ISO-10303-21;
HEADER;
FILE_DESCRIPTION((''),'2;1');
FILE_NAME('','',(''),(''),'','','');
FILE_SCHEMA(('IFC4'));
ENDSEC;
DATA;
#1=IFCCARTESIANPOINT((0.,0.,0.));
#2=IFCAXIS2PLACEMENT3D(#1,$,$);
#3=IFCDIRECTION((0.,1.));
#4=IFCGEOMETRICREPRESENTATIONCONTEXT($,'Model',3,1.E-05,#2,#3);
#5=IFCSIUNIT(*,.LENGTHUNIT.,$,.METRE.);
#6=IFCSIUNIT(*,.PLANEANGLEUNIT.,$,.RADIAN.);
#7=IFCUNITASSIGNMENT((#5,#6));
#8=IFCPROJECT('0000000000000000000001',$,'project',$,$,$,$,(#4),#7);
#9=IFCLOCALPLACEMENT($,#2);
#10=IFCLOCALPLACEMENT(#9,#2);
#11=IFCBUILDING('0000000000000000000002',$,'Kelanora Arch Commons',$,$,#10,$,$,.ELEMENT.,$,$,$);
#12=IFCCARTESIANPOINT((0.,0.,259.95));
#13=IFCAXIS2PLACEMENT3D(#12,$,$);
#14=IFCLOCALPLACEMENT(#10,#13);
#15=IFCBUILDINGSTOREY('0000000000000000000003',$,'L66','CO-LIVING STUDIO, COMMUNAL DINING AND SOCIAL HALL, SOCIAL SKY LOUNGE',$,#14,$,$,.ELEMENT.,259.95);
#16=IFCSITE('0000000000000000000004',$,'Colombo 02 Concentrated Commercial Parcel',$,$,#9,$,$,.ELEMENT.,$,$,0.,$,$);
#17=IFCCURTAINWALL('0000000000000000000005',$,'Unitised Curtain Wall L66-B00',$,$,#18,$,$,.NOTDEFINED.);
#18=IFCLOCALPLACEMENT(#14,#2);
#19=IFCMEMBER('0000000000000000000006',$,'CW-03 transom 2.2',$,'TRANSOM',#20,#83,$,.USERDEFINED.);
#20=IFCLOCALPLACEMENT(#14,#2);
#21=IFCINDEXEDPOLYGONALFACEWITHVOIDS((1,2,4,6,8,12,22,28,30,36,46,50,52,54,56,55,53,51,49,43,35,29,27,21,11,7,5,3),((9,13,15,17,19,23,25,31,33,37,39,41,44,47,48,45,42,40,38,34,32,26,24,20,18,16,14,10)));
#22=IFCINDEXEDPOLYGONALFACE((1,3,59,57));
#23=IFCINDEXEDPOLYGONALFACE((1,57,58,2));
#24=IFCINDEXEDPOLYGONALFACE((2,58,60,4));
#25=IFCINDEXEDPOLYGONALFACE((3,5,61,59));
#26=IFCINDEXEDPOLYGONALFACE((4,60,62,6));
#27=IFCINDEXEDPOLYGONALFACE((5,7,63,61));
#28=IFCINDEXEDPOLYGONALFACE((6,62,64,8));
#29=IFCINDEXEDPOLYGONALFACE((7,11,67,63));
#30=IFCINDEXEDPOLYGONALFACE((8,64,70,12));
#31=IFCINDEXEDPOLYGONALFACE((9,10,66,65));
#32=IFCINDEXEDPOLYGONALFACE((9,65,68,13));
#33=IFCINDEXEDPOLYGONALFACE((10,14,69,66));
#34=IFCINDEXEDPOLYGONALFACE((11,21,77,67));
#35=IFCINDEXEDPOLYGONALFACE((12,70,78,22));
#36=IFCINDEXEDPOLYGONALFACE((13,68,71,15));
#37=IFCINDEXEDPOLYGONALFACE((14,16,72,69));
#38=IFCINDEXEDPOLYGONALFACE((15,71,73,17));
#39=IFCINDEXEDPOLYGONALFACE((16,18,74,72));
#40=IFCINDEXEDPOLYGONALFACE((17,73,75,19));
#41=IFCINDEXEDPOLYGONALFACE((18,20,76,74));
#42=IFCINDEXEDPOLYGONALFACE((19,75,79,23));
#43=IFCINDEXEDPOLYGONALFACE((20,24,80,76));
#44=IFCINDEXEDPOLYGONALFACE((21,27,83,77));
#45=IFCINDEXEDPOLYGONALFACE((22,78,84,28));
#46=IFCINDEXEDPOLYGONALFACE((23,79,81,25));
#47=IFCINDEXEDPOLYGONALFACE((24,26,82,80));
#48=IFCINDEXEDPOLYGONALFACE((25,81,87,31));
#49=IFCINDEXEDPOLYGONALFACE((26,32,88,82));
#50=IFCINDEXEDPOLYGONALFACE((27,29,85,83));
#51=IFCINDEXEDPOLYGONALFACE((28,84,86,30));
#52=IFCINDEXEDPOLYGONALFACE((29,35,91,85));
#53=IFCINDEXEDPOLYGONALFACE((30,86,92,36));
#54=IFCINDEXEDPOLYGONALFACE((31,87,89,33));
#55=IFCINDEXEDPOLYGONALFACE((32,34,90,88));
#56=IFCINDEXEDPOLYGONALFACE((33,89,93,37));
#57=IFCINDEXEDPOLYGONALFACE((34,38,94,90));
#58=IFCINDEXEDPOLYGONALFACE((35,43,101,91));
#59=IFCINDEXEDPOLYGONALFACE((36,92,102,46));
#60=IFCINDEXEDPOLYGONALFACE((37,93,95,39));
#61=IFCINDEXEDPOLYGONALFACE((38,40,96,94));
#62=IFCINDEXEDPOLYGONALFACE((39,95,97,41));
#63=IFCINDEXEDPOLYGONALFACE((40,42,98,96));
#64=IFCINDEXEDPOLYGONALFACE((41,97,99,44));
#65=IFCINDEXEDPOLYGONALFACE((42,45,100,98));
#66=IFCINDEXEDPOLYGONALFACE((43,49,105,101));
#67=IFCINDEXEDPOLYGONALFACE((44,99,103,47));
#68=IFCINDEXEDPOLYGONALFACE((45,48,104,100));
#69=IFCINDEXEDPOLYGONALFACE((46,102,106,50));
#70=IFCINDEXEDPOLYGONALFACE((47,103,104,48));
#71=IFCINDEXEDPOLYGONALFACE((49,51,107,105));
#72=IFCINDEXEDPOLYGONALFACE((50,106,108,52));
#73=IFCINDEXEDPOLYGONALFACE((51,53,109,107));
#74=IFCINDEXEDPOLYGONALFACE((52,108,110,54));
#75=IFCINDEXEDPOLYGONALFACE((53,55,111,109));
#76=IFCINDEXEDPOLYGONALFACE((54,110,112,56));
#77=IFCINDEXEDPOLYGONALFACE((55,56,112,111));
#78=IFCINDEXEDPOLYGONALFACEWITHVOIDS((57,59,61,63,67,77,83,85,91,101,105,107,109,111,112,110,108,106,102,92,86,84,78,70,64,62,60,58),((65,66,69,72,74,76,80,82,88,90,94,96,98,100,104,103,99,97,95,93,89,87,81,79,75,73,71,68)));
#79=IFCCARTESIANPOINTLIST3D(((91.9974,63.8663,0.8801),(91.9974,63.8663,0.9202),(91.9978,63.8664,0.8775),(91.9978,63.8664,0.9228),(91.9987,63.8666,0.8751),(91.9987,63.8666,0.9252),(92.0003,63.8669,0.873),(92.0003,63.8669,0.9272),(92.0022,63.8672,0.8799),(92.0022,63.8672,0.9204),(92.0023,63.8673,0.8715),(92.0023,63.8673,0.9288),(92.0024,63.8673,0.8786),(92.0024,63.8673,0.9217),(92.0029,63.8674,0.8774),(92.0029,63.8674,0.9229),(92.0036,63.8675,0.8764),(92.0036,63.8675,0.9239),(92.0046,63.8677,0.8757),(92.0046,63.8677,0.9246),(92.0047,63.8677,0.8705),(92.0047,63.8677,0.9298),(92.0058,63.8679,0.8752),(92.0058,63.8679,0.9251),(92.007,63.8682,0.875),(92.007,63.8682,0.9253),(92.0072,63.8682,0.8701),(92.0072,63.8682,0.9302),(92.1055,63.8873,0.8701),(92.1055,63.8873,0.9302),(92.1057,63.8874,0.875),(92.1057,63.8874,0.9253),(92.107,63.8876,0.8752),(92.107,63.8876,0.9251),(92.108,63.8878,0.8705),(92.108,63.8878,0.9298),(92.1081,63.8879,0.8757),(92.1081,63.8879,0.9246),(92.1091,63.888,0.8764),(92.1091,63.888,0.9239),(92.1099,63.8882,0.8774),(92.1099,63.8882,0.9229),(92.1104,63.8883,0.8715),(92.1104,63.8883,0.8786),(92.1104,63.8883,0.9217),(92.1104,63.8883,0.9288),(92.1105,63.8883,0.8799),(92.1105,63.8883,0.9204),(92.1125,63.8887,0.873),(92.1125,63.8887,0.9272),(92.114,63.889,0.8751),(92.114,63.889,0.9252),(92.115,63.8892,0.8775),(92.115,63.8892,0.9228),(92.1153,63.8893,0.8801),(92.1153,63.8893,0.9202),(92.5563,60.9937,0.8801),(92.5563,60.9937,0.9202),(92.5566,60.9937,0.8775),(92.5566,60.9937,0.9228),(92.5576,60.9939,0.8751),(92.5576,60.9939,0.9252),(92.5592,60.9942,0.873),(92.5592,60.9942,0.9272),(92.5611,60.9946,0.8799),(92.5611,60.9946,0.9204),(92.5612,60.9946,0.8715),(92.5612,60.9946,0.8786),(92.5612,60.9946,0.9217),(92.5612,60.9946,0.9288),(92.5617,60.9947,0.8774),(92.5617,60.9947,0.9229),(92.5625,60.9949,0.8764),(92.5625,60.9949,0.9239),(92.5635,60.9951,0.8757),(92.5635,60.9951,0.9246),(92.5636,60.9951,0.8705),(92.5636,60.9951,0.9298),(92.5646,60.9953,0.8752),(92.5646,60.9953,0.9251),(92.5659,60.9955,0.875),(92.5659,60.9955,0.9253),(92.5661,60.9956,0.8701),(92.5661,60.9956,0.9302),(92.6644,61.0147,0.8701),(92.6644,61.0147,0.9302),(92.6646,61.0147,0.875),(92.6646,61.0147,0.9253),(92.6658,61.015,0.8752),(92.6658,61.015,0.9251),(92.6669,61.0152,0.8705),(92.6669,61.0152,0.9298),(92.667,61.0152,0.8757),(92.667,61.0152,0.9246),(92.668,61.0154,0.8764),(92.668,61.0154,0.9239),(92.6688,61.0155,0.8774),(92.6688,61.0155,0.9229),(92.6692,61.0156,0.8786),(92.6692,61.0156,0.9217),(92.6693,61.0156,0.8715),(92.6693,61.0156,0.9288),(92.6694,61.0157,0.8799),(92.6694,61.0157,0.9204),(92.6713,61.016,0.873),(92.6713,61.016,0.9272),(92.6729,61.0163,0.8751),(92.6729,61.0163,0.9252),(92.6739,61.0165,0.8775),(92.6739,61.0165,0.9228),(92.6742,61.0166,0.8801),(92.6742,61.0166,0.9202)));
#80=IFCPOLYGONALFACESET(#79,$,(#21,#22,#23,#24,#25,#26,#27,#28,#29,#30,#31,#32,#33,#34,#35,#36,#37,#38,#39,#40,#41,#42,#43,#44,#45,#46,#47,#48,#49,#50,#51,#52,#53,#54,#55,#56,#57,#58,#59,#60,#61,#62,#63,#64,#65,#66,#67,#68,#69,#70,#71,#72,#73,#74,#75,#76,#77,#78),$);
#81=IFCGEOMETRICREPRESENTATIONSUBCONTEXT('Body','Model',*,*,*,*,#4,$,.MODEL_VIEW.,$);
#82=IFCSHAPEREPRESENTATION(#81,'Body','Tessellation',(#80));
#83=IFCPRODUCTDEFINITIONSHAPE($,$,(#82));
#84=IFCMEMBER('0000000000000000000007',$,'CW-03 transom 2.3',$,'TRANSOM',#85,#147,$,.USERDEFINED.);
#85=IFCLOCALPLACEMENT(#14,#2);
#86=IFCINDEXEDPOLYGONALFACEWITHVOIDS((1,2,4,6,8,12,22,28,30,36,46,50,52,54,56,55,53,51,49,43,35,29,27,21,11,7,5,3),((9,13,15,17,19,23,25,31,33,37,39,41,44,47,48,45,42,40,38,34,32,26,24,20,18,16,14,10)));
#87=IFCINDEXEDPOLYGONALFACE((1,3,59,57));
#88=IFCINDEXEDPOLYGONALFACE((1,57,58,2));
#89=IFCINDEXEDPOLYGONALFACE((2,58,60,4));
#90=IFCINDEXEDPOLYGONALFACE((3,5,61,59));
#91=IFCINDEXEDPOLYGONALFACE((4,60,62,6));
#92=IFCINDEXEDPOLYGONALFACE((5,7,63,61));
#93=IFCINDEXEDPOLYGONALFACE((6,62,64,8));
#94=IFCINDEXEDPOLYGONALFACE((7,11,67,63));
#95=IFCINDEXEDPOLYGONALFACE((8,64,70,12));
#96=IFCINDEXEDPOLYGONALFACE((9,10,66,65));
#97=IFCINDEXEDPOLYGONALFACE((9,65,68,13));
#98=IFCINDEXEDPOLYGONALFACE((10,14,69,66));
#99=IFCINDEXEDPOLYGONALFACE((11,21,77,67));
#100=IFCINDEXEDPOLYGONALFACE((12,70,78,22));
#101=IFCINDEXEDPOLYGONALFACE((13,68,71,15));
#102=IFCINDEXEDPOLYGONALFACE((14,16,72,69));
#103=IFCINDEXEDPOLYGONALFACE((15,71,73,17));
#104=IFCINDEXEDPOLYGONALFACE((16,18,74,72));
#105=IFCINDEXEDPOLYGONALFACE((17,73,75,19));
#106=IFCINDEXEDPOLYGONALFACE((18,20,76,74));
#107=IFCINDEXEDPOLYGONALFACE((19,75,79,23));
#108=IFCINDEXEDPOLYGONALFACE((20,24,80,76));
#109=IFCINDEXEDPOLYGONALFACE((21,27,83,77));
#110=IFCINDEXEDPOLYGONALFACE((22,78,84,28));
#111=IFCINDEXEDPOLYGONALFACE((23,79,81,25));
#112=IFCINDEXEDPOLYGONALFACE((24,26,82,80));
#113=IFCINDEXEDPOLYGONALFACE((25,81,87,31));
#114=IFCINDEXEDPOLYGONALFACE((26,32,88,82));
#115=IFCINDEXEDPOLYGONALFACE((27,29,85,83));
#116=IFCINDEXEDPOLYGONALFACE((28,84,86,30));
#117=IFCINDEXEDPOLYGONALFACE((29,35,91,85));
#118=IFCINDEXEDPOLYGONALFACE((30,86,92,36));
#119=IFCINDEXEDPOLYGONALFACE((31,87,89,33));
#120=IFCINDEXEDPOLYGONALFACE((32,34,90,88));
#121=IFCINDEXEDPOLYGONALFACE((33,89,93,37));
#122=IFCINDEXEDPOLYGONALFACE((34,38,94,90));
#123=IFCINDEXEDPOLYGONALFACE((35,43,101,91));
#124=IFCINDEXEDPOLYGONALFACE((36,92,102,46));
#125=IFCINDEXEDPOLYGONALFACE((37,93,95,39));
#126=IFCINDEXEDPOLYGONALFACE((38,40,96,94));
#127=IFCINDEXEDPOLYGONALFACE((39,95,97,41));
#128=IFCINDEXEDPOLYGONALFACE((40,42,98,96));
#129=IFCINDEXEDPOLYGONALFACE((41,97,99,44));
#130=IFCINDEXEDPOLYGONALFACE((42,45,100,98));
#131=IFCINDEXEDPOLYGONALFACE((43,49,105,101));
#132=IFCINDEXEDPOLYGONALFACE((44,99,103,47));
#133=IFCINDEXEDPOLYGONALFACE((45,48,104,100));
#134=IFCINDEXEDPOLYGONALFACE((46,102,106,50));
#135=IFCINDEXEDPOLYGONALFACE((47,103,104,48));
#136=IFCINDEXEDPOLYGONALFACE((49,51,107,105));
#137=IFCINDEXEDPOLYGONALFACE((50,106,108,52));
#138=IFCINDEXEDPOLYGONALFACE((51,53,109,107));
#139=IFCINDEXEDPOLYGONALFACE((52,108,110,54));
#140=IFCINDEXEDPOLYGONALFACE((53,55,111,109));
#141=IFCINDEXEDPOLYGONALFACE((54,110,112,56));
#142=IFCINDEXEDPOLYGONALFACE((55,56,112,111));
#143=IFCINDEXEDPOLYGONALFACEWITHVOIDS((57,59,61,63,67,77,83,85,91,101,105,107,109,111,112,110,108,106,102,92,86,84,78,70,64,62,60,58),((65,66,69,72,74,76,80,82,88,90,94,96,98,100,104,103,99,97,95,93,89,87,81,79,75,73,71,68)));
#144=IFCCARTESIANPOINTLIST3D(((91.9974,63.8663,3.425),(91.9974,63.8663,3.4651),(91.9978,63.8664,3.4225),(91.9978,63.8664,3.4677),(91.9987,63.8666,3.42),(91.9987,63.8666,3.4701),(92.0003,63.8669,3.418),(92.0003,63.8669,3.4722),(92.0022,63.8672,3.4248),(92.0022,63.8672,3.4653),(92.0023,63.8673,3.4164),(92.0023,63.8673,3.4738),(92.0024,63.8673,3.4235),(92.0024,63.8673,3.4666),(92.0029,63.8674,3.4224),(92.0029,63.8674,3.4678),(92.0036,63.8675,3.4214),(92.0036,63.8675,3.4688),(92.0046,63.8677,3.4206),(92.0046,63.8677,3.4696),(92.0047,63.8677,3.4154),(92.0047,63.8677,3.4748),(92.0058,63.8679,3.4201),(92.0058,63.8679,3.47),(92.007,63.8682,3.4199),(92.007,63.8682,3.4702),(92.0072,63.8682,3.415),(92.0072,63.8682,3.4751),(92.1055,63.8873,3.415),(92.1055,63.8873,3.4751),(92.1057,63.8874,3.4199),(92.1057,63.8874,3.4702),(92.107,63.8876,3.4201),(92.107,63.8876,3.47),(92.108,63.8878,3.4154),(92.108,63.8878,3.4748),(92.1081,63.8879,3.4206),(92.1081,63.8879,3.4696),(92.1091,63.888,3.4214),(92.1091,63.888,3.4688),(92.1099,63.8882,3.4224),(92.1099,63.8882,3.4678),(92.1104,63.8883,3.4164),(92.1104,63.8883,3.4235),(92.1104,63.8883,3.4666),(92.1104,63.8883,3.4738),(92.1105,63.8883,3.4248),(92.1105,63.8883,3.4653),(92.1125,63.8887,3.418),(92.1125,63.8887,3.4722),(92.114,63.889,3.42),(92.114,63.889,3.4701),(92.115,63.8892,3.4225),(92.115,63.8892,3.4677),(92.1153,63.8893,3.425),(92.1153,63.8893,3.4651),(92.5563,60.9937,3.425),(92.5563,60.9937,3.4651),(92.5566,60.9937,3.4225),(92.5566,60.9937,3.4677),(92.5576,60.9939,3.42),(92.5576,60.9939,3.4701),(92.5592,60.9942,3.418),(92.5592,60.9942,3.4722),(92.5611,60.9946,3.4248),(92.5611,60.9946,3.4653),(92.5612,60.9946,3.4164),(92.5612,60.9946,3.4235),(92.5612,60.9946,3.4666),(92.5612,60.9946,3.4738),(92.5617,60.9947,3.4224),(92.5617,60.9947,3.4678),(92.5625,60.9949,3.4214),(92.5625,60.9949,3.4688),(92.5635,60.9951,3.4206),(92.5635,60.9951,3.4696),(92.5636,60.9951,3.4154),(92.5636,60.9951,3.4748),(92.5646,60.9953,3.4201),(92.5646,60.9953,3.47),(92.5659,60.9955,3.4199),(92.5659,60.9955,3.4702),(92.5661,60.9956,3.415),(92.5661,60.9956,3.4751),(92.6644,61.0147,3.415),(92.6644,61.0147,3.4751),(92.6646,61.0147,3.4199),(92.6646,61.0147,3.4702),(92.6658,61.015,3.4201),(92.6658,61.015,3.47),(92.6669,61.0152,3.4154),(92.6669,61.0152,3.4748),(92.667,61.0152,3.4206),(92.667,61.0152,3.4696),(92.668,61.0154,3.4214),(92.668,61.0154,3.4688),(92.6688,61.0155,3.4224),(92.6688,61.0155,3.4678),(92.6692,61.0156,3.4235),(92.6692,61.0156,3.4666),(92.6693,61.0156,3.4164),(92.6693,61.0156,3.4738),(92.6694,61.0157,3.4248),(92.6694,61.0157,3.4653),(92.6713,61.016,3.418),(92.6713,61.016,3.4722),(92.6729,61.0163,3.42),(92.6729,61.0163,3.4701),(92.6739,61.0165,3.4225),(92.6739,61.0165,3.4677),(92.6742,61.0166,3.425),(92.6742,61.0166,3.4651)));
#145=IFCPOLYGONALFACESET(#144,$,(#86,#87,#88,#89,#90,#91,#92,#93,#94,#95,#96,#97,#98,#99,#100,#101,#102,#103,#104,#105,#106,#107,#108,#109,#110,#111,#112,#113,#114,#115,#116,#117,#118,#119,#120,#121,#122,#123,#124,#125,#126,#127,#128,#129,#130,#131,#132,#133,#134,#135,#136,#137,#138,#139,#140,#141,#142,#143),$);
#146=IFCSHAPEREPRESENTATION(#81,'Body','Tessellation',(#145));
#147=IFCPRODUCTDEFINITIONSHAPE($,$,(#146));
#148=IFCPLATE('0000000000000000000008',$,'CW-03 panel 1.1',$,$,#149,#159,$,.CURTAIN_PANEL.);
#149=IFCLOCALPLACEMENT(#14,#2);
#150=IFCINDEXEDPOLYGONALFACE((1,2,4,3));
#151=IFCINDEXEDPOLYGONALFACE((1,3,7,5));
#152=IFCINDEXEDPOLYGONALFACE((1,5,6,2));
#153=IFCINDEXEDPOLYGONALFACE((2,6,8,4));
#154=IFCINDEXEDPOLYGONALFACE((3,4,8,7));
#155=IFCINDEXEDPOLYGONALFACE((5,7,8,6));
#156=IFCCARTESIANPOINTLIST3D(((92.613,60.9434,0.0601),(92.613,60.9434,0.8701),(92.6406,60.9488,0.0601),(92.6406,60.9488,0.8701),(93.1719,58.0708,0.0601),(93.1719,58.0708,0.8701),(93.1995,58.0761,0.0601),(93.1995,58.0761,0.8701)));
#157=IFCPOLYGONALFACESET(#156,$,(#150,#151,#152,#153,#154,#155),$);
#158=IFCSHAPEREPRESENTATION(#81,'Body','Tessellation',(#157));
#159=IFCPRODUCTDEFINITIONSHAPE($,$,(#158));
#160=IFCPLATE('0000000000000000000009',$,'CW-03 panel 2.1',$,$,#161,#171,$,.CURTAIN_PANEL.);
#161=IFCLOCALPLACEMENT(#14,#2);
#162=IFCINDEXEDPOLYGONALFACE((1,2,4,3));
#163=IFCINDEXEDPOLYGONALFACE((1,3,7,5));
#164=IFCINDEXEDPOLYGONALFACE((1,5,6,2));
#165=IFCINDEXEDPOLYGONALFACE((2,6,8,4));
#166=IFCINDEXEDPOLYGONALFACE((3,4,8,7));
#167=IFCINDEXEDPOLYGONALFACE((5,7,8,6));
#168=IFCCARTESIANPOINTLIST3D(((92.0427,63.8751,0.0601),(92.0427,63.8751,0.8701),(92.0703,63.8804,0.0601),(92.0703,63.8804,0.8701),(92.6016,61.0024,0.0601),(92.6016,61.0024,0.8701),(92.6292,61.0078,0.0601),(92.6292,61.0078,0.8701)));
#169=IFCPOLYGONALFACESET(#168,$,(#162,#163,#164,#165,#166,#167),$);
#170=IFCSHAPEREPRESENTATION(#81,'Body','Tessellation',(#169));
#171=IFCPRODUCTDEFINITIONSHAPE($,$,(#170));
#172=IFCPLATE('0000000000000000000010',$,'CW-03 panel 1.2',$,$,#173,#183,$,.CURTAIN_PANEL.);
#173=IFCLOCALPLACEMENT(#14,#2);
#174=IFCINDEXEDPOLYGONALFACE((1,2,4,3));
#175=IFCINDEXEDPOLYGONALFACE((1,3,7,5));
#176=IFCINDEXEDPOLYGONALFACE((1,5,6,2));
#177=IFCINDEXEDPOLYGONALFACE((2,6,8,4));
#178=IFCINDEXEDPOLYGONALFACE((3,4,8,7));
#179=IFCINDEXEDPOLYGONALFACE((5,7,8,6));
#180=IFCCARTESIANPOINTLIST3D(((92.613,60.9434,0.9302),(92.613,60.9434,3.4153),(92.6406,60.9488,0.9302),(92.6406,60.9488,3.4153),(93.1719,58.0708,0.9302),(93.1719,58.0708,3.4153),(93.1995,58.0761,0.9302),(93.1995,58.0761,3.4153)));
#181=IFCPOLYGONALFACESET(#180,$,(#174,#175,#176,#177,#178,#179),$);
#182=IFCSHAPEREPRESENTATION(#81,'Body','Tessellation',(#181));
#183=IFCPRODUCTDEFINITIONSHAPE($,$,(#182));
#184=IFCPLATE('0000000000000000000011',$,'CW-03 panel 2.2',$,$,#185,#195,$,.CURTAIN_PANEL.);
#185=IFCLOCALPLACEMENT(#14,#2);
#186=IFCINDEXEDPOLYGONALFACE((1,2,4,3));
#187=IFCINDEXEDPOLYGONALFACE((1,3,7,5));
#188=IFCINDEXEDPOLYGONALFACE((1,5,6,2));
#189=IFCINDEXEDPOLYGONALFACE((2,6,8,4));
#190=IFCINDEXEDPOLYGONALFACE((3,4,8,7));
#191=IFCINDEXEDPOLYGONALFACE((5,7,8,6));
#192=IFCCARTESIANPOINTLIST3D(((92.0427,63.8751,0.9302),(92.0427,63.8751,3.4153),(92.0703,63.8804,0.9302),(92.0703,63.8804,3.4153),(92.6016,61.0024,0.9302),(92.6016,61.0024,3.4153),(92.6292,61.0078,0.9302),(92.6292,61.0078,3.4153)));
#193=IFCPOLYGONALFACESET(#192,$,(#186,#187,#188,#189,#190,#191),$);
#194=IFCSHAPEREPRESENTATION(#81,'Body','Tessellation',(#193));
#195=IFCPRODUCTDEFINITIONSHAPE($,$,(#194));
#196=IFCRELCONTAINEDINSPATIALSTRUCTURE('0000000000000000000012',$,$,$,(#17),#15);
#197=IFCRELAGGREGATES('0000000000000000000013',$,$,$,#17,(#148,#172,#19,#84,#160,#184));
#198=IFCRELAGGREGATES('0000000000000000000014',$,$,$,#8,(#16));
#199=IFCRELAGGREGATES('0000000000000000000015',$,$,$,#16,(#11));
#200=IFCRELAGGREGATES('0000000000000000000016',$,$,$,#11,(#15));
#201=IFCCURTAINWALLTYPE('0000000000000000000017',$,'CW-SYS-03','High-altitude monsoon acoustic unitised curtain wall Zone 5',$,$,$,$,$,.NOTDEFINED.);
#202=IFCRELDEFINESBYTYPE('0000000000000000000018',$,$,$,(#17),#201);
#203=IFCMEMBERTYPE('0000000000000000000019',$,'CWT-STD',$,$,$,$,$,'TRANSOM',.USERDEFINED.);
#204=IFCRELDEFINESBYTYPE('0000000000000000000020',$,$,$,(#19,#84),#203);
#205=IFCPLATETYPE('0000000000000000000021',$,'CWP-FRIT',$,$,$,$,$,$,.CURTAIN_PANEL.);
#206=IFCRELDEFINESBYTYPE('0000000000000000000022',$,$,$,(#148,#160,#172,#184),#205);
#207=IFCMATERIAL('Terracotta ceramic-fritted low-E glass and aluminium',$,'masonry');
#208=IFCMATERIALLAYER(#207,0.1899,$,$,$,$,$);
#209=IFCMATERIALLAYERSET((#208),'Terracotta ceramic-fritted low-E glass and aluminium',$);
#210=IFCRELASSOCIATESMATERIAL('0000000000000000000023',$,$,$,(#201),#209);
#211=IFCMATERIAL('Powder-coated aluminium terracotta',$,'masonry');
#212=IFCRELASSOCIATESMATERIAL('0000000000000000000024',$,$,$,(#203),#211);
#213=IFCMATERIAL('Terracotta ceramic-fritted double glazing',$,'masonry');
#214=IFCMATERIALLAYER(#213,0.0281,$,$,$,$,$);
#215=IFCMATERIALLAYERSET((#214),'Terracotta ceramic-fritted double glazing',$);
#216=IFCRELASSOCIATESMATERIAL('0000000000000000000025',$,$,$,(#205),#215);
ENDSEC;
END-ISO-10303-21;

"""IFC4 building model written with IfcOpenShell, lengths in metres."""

from ifc_helpers import new_model, si_unit, direction, frame, origin, origin_2d, place, context, subcontext, project, spatial, rectangle, hollow_rectangle, extrude, source, transform, mapped, material, layer, layer_set, material_profile, profile_set, type_object, element, aggregate, save


model = new_model("IFC4")

# Units and contexts
model_context = context("Model", 3, precision=1e-05, world=origin(), true_north=direction((0.0, 1.0)))
body_context = subcontext(model_context, "Body", "Model", "MODEL_VIEW")
ifc_project = project(units=[si_unit("LENGTHUNIT", "METRE"), si_unit("PLANEANGLEUNIT", "RADIAN")], contexts=[model_context])

# Site, building, storey
site_placement = place(None, origin())
site = spatial("IfcSite", under=ifc_project, at=site_placement, Name="Colombo 02 Concentrated Commercial Parcel", CompositionType="ELEMENT", RefElevation=0.0)
building_placement = place(site_placement, origin())
building = spatial("IfcBuilding", under=site, at=building_placement, Name="Kelanora Arch Commons", CompositionType="ELEMENT")
storey_placement = place(building_placement, frame((0.0, 0.0, 259.95)))
storey = spatial("IfcBuildingStorey", under=building, at=storey_placement, Name="L66", Description="CO-LIVING STUDIO, COMMUNAL DINING AND SOCIAL HALL, SOCIAL SKY LOUNGE", CompositionType="ELEMENT", Elevation=259.95)

# Curtain wall, members, plates
ifc_material_1 = material(Name="Terracotta ceramic-fritted low-E glass and aluminium", Category="masonry")
ifc_layer_1 = layer(ifc_material_1, 0.1899)
ifc_layer_set_1 = layer_set([ifc_layer_1], Name="Terracotta ceramic-fritted low-E glass and aluminium")
curtain_wall_type = type_object("IfcCurtainWallType", Name="CW-SYS-03", Description="High-altitude monsoon acoustic unitised curtain wall Zone 5", PredefinedType="NOTDEFINED", material=ifc_layer_set_1)
curtain_wall_placement = place(storey_placement, origin())
curtain_wall = element("IfcCurtainWall", 1, at=curtain_wall_placement, inside=storey, type_object=curtain_wall_type, Name="Unitised Curtain Wall L66-B00", PredefinedType="NOTDEFINED")
ifc_material_2 = material(Name="Powder-coated aluminium terracotta", Category="masonry")
ifc_material_profile_1 = material_profile(ifc_material_2, hollow_rectangle(XDim=0.1201, YDim=0.0601, WallThickness=0.0049, InnerFilletRadius=0.0049, OuterFilletRadius=0.01, at=origin_2d()), Name="CWT120x60")
ifc_profile_set_1 = profile_set([ifc_material_profile_1], Name="Powder-coated aluminium terracotta")
member_type_1 = type_object("IfcMemberType", Name="CWT-STD", ElementType="TRANSOM", PredefinedType="USERDEFINED", material=ifc_profile_set_1)
member_1_placement = place(storey_placement, frame((92.6152, 61.0051, 0.9001), z_axis=(-0.190963, 0.981597, 0.0), x_axis=(-0.981597, -0.190963, 0.0)))
member_1 = element("IfcMember", 2, at=member_1_placement, type_object=member_type_1, Name="CW-03 transom 2.2", ObjectType="TRANSOM", PredefinedType="USERDEFINED", context=body_context, shape_type="SweptSolid", body=[
    extrude(hollow_rectangle(XDim=0.1201, YDim=0.0601, WallThickness=0.0049, InnerFilletRadius=0.0049, OuterFilletRadius=0.01, at=origin_2d()), origin(), (0.0, 0.0, 1.0), 2.9265),
])
member_2_placement = place(storey_placement, frame((92.6152, 61.0051, 3.4451), z_axis=(-0.190963, 0.981597, 0.0), x_axis=(-0.981597, -0.190963, 0.0)))
member_2 = element("IfcMember", 3, at=member_2_placement, type_object=member_type_1, Name="CW-03 transom 2.3", ObjectType="TRANSOM", PredefinedType="USERDEFINED", context=body_context, shape_type="SweptSolid", body=[
    extrude(hollow_rectangle(XDim=0.1201, YDim=0.0601, WallThickness=0.0049, InnerFilletRadius=0.0049, OuterFilletRadius=0.01, at=origin_2d()), origin(), (0.0, 0.0, 1.0), 2.9265),
])
ifc_material_3 = material(Name="Terracotta ceramic-fritted double glazing", Category="masonry")
ifc_layer_2 = layer(ifc_material_3, 0.0281)
ifc_layer_set_2 = layer_set([ifc_layer_2], Name="Terracotta ceramic-fritted double glazing")
plate_type = type_object("IfcPlateType", Name="CWP-FRIT", PredefinedType="CURTAIN_PANEL", material=ifc_layer_set_2)
shared_shape_1 = source(origin(), body_context, "Body", "SweptSolid", [
    extrude(rectangle(XDim=2.9265, YDim=0.0281, at=origin_2d()), origin(), (0.0, 0.0, 1.0), 0.8101),
])
plate_1_placement = place(storey_placement, frame((92.9062, 59.5098, 0.0601), z_axis=(0.0, 0.0, 1.0), x_axis=(-0.190972, 0.981596, 0.0)))
plate_1 = element("IfcPlate", 4, at=plate_1_placement, type_object=plate_type, Name="CW-03 panel 1.1", PredefinedType="CURTAIN_PANEL", context=body_context, shape_type="MappedRepresentation", body=[
    mapped(shared_shape_1, transform((0.0, 0.0, 0.0), scale=1.0)),
])
plate_2_placement = place(storey_placement, frame((92.3359, 62.4414, 0.0601), z_axis=(0.0, 0.0, 1.0), x_axis=(-0.190972, 0.981596, 0.0)))
plate_2 = element("IfcPlate", 5, at=plate_2_placement, type_object=plate_type, Name="CW-03 panel 2.1", PredefinedType="CURTAIN_PANEL", context=body_context, shape_type="MappedRepresentation", body=[
    mapped(shared_shape_1, transform((0.0, 0.0, 0.0), scale=1.0)),
])
shared_shape_2 = source(origin(), body_context, "Body", "SweptSolid", [
    extrude(rectangle(XDim=2.9265, YDim=0.0281, at=origin_2d()), origin(), (0.0, 0.0, 1.0), 2.4851),
])
plate_3_placement = place(storey_placement, frame((92.9062, 59.5098, 0.9302), z_axis=(0.0, 0.0, 1.0), x_axis=(-0.190972, 0.981596, 0.0)))
plate_3 = element("IfcPlate", 6, at=plate_3_placement, type_object=plate_type, Name="CW-03 panel 1.2", PredefinedType="CURTAIN_PANEL", context=body_context, shape_type="MappedRepresentation", body=[
    mapped(shared_shape_2, transform((0.0, 0.0, 0.0), scale=1.0)),
])
plate_4_placement = place(storey_placement, frame((92.3359, 62.4414, 0.9302), z_axis=(0.0, 0.0, 1.0), x_axis=(-0.190972, 0.981596, 0.0)))
plate_4 = element("IfcPlate", 7, at=plate_4_placement, type_object=plate_type, Name="CW-03 panel 2.2", PredefinedType="CURTAIN_PANEL", context=body_context, shape_type="MappedRepresentation", body=[
    mapped(shared_shape_2, transform((0.0, 0.0, 0.0), scale=1.0)),
])
aggregate(curtain_wall, [plate_1, plate_3, member_1, member_2, plate_2, plate_4])

save(model, "model.ifc")
